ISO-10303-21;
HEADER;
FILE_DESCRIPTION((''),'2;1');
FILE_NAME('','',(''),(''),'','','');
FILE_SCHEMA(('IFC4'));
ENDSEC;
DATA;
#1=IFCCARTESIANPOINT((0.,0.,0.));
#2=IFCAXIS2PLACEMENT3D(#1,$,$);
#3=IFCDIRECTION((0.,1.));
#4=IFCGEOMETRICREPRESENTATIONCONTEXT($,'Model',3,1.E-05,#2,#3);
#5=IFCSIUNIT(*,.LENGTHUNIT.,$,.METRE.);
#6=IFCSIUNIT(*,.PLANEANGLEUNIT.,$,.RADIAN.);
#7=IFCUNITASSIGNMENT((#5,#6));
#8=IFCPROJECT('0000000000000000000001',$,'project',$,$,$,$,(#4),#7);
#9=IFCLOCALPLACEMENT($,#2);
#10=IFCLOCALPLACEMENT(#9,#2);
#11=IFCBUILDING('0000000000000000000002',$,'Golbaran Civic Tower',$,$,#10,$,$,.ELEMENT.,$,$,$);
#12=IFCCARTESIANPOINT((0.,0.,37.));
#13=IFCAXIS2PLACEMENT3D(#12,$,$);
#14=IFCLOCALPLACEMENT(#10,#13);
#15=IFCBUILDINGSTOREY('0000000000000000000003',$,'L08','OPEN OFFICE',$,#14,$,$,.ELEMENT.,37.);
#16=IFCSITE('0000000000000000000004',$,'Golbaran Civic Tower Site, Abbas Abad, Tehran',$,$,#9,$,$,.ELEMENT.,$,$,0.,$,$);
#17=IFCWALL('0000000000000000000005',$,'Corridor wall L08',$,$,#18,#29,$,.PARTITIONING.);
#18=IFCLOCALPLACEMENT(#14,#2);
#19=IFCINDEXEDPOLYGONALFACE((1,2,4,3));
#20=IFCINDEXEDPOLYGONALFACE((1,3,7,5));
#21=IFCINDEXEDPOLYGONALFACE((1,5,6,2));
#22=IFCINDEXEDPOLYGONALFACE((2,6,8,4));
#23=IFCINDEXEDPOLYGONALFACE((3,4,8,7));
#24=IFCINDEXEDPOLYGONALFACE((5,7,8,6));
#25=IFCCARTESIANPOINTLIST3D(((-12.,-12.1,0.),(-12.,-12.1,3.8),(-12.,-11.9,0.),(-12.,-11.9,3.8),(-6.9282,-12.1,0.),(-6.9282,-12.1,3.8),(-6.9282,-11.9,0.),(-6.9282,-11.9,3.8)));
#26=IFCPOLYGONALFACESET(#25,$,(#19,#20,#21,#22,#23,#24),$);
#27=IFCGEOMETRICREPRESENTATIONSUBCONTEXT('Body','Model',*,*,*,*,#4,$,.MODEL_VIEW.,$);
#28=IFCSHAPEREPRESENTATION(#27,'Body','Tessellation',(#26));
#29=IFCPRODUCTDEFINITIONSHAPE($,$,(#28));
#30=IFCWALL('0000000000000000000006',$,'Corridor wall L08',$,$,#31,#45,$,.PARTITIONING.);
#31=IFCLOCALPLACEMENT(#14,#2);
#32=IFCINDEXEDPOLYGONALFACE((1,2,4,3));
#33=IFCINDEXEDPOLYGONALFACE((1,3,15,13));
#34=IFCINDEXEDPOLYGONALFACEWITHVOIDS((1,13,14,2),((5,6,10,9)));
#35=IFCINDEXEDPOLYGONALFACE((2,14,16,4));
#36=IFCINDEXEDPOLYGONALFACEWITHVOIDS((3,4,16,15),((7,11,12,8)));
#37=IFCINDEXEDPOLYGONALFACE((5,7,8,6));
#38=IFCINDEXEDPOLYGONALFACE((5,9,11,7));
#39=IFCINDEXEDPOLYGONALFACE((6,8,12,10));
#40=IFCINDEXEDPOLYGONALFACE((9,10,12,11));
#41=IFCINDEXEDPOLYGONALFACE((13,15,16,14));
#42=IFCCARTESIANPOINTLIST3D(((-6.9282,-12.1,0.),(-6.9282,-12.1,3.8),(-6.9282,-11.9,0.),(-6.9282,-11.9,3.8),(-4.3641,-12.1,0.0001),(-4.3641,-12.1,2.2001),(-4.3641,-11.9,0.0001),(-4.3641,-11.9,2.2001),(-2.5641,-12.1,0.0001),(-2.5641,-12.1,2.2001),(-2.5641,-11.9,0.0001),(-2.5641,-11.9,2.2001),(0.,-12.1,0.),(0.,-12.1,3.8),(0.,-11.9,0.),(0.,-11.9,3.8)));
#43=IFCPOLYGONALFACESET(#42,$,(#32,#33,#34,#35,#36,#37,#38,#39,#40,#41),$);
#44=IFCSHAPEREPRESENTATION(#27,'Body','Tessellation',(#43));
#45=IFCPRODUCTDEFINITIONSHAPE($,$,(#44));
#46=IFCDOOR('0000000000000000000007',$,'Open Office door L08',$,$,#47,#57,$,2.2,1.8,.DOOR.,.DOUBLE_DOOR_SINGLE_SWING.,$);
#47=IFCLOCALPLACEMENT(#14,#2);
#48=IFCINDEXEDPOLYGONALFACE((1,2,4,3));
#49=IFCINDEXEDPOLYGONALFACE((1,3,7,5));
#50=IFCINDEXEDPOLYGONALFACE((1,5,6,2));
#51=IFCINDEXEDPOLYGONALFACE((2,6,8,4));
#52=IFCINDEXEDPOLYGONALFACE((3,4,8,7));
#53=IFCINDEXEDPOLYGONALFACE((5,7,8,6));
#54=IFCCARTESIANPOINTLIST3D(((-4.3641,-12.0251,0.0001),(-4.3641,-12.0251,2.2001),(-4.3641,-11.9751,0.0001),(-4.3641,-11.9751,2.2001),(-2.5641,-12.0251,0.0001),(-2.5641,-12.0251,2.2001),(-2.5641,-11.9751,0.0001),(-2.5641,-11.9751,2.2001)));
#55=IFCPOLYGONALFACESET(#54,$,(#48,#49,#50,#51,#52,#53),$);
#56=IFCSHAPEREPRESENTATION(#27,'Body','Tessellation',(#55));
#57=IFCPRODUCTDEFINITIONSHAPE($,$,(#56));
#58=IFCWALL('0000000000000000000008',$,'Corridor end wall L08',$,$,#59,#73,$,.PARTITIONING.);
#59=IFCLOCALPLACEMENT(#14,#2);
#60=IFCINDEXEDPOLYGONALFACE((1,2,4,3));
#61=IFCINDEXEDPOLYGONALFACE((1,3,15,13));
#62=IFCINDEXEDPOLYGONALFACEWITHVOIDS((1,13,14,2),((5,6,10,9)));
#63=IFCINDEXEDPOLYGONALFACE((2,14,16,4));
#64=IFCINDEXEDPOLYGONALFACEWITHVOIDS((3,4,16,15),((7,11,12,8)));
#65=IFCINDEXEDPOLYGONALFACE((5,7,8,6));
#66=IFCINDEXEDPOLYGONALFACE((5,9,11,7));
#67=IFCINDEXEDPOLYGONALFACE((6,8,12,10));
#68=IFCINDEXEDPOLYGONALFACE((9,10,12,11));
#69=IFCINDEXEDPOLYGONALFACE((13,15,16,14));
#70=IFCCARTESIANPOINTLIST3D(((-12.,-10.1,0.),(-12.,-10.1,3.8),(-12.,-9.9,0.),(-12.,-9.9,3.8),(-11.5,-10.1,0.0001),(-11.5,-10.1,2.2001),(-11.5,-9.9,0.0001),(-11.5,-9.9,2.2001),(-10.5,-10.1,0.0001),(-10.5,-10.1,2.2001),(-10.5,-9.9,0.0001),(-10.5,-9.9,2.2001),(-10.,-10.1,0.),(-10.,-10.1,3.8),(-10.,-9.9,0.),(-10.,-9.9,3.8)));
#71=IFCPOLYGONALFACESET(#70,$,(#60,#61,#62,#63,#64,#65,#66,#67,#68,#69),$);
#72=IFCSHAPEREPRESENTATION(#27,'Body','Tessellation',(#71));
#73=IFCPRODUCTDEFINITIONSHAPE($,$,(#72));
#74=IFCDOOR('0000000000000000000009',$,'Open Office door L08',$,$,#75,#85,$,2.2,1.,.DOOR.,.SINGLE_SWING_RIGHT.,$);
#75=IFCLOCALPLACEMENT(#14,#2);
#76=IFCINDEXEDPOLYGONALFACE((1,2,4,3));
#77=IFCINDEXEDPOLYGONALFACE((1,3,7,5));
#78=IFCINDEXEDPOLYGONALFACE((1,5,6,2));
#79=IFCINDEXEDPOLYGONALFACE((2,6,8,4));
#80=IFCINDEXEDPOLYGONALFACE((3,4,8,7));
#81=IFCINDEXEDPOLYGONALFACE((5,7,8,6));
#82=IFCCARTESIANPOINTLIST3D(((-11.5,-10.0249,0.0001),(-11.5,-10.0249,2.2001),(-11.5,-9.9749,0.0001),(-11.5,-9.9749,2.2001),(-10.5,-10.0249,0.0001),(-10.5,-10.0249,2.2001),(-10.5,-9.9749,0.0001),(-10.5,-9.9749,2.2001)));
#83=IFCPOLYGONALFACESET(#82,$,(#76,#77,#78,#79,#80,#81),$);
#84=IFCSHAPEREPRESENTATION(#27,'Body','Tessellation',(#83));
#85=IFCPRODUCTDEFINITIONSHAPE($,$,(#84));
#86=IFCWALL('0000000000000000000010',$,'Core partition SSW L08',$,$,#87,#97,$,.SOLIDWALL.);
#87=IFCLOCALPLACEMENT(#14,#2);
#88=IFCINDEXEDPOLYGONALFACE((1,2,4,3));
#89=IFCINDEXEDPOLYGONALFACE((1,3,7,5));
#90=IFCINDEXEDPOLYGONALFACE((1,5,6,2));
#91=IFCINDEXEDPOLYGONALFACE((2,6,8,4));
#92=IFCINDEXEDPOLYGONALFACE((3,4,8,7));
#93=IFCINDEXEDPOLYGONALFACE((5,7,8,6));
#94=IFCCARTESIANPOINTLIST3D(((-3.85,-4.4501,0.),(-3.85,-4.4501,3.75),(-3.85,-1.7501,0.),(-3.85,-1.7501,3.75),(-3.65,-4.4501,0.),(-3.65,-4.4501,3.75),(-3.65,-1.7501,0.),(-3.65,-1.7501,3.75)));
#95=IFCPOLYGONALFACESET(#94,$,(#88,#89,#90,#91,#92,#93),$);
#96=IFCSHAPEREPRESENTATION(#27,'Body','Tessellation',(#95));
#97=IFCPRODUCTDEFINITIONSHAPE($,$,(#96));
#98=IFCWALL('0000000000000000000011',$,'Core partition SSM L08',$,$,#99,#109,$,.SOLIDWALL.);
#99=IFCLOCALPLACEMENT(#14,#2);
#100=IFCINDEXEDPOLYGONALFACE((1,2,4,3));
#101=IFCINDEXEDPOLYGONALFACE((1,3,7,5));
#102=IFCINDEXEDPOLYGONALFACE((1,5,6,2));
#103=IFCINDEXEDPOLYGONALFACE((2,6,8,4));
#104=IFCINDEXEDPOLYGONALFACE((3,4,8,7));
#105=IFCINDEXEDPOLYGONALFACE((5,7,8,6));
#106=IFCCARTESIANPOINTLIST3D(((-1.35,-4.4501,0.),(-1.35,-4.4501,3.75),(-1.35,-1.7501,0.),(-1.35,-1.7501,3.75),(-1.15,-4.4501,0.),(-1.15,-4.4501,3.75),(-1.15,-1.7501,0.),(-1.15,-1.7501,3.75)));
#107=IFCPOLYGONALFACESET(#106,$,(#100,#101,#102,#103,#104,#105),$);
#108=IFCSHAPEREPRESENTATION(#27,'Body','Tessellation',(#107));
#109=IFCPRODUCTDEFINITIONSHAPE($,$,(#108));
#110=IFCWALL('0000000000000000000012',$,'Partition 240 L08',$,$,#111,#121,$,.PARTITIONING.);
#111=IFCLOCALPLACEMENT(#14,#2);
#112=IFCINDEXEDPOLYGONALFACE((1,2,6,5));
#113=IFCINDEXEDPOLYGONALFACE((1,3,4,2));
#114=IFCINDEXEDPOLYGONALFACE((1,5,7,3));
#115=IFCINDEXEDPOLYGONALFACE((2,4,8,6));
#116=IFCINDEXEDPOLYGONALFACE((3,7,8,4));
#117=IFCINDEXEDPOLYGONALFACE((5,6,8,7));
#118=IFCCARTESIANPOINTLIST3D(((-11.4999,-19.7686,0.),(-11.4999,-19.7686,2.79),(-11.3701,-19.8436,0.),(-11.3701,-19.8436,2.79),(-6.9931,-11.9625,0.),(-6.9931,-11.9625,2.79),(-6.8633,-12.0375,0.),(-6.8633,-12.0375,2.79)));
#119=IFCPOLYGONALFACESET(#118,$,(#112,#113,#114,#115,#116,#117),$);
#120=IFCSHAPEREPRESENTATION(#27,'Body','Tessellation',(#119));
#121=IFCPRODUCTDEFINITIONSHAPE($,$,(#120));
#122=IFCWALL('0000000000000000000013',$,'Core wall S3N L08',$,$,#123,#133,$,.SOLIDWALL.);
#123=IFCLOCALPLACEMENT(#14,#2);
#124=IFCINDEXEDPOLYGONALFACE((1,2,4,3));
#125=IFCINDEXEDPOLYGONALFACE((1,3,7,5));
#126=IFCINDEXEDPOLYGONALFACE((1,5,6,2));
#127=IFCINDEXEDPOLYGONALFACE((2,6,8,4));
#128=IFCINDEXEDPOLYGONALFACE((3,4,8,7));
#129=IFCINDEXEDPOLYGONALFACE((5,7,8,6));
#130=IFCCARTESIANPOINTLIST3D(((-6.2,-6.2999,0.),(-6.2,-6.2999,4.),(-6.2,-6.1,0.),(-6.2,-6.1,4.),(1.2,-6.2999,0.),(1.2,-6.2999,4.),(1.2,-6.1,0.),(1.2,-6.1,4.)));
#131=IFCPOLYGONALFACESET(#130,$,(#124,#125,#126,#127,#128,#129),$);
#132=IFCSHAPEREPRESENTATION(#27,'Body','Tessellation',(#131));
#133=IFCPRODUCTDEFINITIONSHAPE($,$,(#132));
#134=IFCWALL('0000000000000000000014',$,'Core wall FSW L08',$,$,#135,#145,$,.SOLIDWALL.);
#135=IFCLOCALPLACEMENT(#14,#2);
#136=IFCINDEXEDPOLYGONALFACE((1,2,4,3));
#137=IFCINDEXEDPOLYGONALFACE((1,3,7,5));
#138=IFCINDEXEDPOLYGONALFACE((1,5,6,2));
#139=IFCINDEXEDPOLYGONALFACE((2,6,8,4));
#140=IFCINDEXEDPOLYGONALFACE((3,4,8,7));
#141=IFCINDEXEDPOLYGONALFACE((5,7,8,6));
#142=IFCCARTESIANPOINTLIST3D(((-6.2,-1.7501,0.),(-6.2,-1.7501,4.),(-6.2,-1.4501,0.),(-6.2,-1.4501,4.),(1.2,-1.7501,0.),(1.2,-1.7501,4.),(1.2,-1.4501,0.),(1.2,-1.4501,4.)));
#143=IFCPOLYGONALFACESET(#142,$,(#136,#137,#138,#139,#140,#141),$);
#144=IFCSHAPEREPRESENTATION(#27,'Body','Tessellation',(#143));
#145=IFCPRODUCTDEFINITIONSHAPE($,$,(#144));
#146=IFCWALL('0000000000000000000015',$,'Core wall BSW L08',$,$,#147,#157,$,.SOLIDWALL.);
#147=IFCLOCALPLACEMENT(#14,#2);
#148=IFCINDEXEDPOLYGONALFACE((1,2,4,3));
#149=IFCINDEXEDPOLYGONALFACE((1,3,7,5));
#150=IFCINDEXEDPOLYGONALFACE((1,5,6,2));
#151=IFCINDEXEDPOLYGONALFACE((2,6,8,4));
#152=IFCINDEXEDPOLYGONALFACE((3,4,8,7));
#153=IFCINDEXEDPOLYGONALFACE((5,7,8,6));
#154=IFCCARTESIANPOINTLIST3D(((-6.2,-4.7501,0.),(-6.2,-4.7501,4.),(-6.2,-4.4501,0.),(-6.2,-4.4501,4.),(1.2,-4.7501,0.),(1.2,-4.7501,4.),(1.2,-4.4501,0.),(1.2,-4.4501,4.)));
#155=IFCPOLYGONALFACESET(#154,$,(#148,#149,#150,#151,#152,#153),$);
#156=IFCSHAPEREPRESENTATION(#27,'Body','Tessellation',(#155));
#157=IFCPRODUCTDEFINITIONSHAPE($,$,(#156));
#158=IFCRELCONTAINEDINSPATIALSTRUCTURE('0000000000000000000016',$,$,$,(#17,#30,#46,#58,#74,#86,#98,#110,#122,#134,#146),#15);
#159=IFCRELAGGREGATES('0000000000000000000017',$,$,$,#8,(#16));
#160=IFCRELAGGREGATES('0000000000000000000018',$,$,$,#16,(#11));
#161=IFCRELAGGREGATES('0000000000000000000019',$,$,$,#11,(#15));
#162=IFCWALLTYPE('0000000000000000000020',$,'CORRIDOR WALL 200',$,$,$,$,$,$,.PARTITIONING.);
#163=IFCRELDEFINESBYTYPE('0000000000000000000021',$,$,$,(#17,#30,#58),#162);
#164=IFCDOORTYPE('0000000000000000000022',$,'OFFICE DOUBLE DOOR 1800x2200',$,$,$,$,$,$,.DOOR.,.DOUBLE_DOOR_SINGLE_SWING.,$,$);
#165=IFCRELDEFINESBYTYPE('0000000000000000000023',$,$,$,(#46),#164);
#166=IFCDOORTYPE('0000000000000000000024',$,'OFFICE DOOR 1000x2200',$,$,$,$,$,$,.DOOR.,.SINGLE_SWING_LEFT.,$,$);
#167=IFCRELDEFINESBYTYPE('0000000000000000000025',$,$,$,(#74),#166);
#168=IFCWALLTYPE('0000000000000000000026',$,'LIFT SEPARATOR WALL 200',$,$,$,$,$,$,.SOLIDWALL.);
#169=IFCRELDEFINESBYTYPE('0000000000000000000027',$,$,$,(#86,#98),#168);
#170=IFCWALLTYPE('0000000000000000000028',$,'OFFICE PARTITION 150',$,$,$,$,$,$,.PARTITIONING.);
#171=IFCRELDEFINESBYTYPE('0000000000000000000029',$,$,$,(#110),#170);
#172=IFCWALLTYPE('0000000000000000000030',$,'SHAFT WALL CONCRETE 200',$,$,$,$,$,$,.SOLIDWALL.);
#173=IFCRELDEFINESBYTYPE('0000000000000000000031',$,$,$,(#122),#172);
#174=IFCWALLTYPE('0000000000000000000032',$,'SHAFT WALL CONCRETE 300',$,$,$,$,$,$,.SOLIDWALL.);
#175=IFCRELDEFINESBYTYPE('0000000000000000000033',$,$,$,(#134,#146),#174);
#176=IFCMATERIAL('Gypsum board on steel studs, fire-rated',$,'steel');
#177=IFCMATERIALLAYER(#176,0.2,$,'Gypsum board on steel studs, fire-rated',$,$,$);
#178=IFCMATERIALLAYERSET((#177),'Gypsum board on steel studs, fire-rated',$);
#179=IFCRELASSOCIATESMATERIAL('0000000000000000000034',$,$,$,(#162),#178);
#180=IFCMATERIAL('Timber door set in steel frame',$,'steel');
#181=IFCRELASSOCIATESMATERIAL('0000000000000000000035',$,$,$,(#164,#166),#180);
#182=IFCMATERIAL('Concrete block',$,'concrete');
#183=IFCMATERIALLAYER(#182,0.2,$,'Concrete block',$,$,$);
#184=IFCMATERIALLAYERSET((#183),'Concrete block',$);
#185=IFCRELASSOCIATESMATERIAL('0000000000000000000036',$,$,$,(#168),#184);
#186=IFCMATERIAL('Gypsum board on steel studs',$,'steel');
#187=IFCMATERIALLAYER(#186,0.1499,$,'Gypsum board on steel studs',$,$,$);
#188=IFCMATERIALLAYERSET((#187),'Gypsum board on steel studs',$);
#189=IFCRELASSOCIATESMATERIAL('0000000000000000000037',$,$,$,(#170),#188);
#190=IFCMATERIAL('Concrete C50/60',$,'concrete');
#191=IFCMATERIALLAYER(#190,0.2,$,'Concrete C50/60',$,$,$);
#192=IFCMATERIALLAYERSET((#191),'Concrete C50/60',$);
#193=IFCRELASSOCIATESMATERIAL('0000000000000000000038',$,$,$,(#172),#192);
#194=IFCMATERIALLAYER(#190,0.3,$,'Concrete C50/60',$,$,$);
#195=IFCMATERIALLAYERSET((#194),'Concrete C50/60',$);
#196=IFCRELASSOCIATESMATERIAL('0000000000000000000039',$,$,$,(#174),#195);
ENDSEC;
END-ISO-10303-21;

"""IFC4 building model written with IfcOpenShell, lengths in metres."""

from ifc_helpers import new_model, si_unit, direction, frame, frame_2d, origin, place, context, subcontext, project, spatial, rectangle, extrude, material, layer, layer_set, type_object, element, fill, save


model = new_model("IFC4")

# Units and contexts
model_context = context("Model", 3, precision=1e-05, world=origin(), true_north=direction((0.0, 1.0)))
body_context = subcontext(model_context, "Body", "Model", "MODEL_VIEW")
ifc_project = project(units=[si_unit("LENGTHUNIT", "METRE"), si_unit("PLANEANGLEUNIT", "RADIAN")], contexts=[model_context])

# Site, building, storey
site_placement = place(None, origin())
site = spatial("IfcSite", under=ifc_project, at=site_placement, Name="Golbaran Civic Tower Site, Abbas Abad, Tehran", CompositionType="ELEMENT", RefElevation=0.0)
building_placement = place(site_placement, origin())
building = spatial("IfcBuilding", under=site, at=building_placement, Name="Golbaran Civic Tower", CompositionType="ELEMENT")
storey_placement = place(building_placement, frame((0.0, 0.0, 37.0)))
storey = spatial("IfcBuildingStorey", under=building, at=storey_placement, Name="L08", Description="OPEN OFFICE", CompositionType="ELEMENT", Elevation=37.0)

# Shared definitions
ifc_material_1 = material(Name="Concrete C50/60", Category="concrete")
ifc_material_2 = material(Name="Timber door set in steel frame", Category="steel")

# Wall
ifc_material_3 = material(Name="Gypsum board on steel studs, fire-rated", Category="steel")
ifc_layer_1 = layer(ifc_material_3, 0.2, Name="Gypsum board on steel studs, fire-rated")
ifc_layer_set_1 = layer_set([ifc_layer_1], Name="Gypsum board on steel studs, fire-rated")
wall_type_1 = type_object("IfcWallType", Name="CORRIDOR WALL 200", PredefinedType="PARTITIONING", material=ifc_layer_set_1)
wall_1_placement = place(storey_placement, frame((-12.0, -12.0, 0.0), z_axis=(0.0, 0.0, 1.0), x_axis=(1.0, 0.0, 0.0)))
element("IfcWall", 1, at=wall_1_placement, inside=storey, type_object=wall_type_1, Name="Corridor wall L08", PredefinedType="PARTITIONING", context=body_context, shape_type="SweptSolid", body=[
    extrude(rectangle(XDim=5.0718, YDim=0.2, at=frame_2d((2.5359, 0.0))), origin(), (0.0, 0.0, 1.0), 3.8),
])

# Walls, openings, doors
wall_2_placement = place(storey_placement, frame((-6.9282, -12.0, 0.0), z_axis=(0.0, 0.0, 1.0), x_axis=(1.0, 0.0, 0.0)))
wall_2 = element("IfcWall", 2, at=wall_2_placement, inside=storey, type_object=wall_type_1, Name="Corridor wall L08", PredefinedType="PARTITIONING", context=body_context, shape_type="SweptSolid", body=[
    extrude(rectangle(XDim=6.9282, YDim=0.2, at=frame_2d((3.4641, 0.0))), origin(), (0.0, 0.0, 1.0), 3.8),
])
opening_1_placement = place(wall_2_placement, frame((2.5642, 0.0, 0.0)))
opening_1 = element("IfcOpeningElement", 3, at=opening_1_placement, cuts=wall_2, PredefinedType="OPENING", context=body_context, shape_type="SweptSolid", body=[
    extrude(rectangle(XDim=1.8, YDim=2.2, at=frame_2d((0.8999, 1.1001))), frame((0.0, 0.1099, 0.0), z_axis=(0.0, -1.0, 0.0), x_axis=(1.0, 0.0, 0.0)), (0.0, 0.0, 1.0), 0.22),
])
door_type_1 = type_object("IfcDoorType", Name="OFFICE DOUBLE DOOR 1800x2200", OperationType="DOUBLE_DOOR_SINGLE_SWING", PredefinedType="DOOR", material=ifc_material_2)
door_1_placement = place(opening_1_placement, origin())
door_1 = element("IfcDoor", 4, at=door_1_placement, inside=storey, type_object=door_type_1, Name="Open Office door L08", OperationType="DOUBLE_DOOR_SINGLE_SWING", OverallHeight=2.2, OverallWidth=1.8, PredefinedType="DOOR", context=body_context, shape_type="SweptSolid", body=[
    extrude(rectangle(XDim=1.8, YDim=2.2, at=frame_2d((0.8999, 1.1001))), frame((0.0, 0.0249, 0.0), z_axis=(0.0, -1.0, 0.0), x_axis=(1.0, 0.0, 0.0)), (0.0, 0.0, 1.0), 0.05),
])
fill(opening_1, door_1)
wall_3_placement = place(storey_placement, frame((-10.0, -10.0, 0.0), z_axis=(0.0, 0.0, 1.0), x_axis=(-1.0, 0.0, 0.0)))
wall_3 = element("IfcWall", 5, at=wall_3_placement, inside=storey, type_object=wall_type_1, Name="Corridor end wall L08", PredefinedType="PARTITIONING", context=body_context, shape_type="SweptSolid", body=[
    extrude(rectangle(XDim=2.0, YDim=0.2, at=frame_2d((1.0, 0.0))), origin(), (0.0, 0.0, 1.0), 3.8),
])
opening_2_placement = place(wall_3_placement, frame((0.5, 0.0, 0.0)))
opening_2 = element("IfcOpeningElement", 6, at=opening_2_placement, cuts=wall_3, PredefinedType="OPENING", context=body_context, shape_type="SweptSolid", body=[
    extrude(rectangle(XDim=1.0, YDim=2.2, at=frame_2d((0.5, 1.1001))), frame((0.0, 0.1099, 0.0), z_axis=(0.0, -1.0, 0.0), x_axis=(1.0, 0.0, 0.0)), (0.0, 0.0, 1.0), 0.22),
])
door_type_2 = type_object("IfcDoorType", Name="OFFICE DOOR 1000x2200", OperationType="SINGLE_SWING_LEFT", PredefinedType="DOOR", material=ifc_material_2)
door_2_placement = place(opening_2_placement, origin())
door_2 = element("IfcDoor", 7, at=door_2_placement, inside=storey, type_object=door_type_2, Name="Open Office door L08", OperationType="SINGLE_SWING_RIGHT", OverallHeight=2.2, OverallWidth=1.0, PredefinedType="DOOR", context=body_context, shape_type="SweptSolid", body=[
    extrude(rectangle(XDim=1.0, YDim=2.2, at=frame_2d((0.5, 1.1001))), frame((0.0, 0.0249, 0.0), z_axis=(0.0, -1.0, 0.0), x_axis=(1.0, 0.0, 0.0)), (0.0, 0.0, 1.0), 0.05),
])
fill(opening_2, door_2)

# Walls
ifc_material_4 = material(Name="Concrete block", Category="concrete")
ifc_layer_2 = layer(ifc_material_4, 0.2, Name="Concrete block")
ifc_layer_set_2 = layer_set([ifc_layer_2], Name="Concrete block")
wall_type_2 = type_object("IfcWallType", Name="LIFT SEPARATOR WALL 200", PredefinedType="SOLIDWALL", material=ifc_layer_set_2)
for number, where, z_axis, x_axis, name in (
    (8, (-3.75, -1.75, 0.0), (0.0, 0.0, 1.0), (0.0, -1.0, 0.0), "Core partition SSW L08"),
    (9, (-1.25, -1.75, 0.0), (0.0, 0.0, 1.0), (0.0, -1.0, 0.0), "Core partition SSM L08"),
):
    element("IfcWall", number, at=place(storey_placement, frame(where, z_axis=z_axis, x_axis=x_axis)), inside=storey, type_object=wall_type_2, Name=name, PredefinedType="SOLIDWALL", context=body_context, shape_type="SweptSolid", body=[
        extrude(rectangle(XDim=2.7, YDim=0.2, at=frame_2d((1.3501, 0.0))), origin(), (0.0, 0.0, 1.0), 3.75),
    ])
ifc_material_5 = material(Name="Gypsum board on steel studs", Category="steel")
ifc_layer_3 = layer(ifc_material_5, 0.1499, Name="Gypsum board on steel studs")
ifc_layer_set_3 = layer_set([ifc_layer_3], Name="Gypsum board on steel studs")
wall_type_3 = type_object("IfcWallType", Name="OFFICE PARTITION 150", PredefinedType="PARTITIONING", material=ifc_layer_set_3)
wall_4_placement = place(storey_placement, frame((-6.9282, -12.0, 0.0), z_axis=(0.0, 0.0, 1.0), x_axis=(-0.499996, -0.866028, 0.0)))
element("IfcWall", 10, at=wall_4_placement, inside=storey, type_object=wall_type_3, Name="Partition 240 L08", PredefinedType="PARTITIONING", context=body_context, shape_type="SweptSolid", body=[
    extrude(rectangle(XDim=9.0137, YDim=0.1499, at=frame_2d((4.5068, 0.0))), origin(), (0.0, 0.0, 1.0), 2.79),
])
ifc_layer_4 = layer(ifc_material_1, 0.2, Name="Concrete C50/60")
ifc_layer_set_4 = layer_set([ifc_layer_4], Name="Concrete C50/60")
wall_type_4 = type_object("IfcWallType", Name="SHAFT WALL CONCRETE 200", PredefinedType="SOLIDWALL", material=ifc_layer_set_4)
wall_5_placement = place(storey_placement, frame((-6.2, -6.2, 0.0), z_axis=(0.0, 0.0, 1.0), x_axis=(1.0, 0.0, 0.0)))
element("IfcWall", 11, at=wall_5_placement, inside=storey, type_object=wall_type_4, Name="Core wall S3N L08", PredefinedType="SOLIDWALL", context=body_context, shape_type="SweptSolid", body=[
    extrude(rectangle(XDim=7.3999, YDim=0.2, at=frame_2d((3.7, 0.0))), origin(), (0.0, 0.0, 1.0), 4.0),
])
ifc_layer_5 = layer(ifc_material_1, 0.3, Name="Concrete C50/60")
ifc_layer_set_5 = layer_set([ifc_layer_5], Name="Concrete C50/60")
wall_type_5 = type_object("IfcWallType", Name="SHAFT WALL CONCRETE 300", PredefinedType="SOLIDWALL", material=ifc_layer_set_5)
for number, where, z_axis, x_axis, name in (
    (12, (-6.2, -1.6001, 0.0), (0.0, 0.0, 1.0), (1.0, 0.0, 0.0), "Core wall FSW L08"),
    (13, (-6.2, -4.6001, 0.0), (0.0, 0.0, 1.0), (1.0, 0.0, 0.0), "Core wall BSW L08"),
):
    element("IfcWall", number, at=place(storey_placement, frame(where, z_axis=z_axis, x_axis=x_axis)), inside=storey, type_object=wall_type_5, Name=name, PredefinedType="SOLIDWALL", context=body_context, shape_type="SweptSolid", body=[
        extrude(rectangle(XDim=7.3999, YDim=0.3, at=frame_2d((3.7, 0.0))), origin(), (0.0, 0.0, 1.0), 4.0),
    ])

save(model, "model.ifc")
